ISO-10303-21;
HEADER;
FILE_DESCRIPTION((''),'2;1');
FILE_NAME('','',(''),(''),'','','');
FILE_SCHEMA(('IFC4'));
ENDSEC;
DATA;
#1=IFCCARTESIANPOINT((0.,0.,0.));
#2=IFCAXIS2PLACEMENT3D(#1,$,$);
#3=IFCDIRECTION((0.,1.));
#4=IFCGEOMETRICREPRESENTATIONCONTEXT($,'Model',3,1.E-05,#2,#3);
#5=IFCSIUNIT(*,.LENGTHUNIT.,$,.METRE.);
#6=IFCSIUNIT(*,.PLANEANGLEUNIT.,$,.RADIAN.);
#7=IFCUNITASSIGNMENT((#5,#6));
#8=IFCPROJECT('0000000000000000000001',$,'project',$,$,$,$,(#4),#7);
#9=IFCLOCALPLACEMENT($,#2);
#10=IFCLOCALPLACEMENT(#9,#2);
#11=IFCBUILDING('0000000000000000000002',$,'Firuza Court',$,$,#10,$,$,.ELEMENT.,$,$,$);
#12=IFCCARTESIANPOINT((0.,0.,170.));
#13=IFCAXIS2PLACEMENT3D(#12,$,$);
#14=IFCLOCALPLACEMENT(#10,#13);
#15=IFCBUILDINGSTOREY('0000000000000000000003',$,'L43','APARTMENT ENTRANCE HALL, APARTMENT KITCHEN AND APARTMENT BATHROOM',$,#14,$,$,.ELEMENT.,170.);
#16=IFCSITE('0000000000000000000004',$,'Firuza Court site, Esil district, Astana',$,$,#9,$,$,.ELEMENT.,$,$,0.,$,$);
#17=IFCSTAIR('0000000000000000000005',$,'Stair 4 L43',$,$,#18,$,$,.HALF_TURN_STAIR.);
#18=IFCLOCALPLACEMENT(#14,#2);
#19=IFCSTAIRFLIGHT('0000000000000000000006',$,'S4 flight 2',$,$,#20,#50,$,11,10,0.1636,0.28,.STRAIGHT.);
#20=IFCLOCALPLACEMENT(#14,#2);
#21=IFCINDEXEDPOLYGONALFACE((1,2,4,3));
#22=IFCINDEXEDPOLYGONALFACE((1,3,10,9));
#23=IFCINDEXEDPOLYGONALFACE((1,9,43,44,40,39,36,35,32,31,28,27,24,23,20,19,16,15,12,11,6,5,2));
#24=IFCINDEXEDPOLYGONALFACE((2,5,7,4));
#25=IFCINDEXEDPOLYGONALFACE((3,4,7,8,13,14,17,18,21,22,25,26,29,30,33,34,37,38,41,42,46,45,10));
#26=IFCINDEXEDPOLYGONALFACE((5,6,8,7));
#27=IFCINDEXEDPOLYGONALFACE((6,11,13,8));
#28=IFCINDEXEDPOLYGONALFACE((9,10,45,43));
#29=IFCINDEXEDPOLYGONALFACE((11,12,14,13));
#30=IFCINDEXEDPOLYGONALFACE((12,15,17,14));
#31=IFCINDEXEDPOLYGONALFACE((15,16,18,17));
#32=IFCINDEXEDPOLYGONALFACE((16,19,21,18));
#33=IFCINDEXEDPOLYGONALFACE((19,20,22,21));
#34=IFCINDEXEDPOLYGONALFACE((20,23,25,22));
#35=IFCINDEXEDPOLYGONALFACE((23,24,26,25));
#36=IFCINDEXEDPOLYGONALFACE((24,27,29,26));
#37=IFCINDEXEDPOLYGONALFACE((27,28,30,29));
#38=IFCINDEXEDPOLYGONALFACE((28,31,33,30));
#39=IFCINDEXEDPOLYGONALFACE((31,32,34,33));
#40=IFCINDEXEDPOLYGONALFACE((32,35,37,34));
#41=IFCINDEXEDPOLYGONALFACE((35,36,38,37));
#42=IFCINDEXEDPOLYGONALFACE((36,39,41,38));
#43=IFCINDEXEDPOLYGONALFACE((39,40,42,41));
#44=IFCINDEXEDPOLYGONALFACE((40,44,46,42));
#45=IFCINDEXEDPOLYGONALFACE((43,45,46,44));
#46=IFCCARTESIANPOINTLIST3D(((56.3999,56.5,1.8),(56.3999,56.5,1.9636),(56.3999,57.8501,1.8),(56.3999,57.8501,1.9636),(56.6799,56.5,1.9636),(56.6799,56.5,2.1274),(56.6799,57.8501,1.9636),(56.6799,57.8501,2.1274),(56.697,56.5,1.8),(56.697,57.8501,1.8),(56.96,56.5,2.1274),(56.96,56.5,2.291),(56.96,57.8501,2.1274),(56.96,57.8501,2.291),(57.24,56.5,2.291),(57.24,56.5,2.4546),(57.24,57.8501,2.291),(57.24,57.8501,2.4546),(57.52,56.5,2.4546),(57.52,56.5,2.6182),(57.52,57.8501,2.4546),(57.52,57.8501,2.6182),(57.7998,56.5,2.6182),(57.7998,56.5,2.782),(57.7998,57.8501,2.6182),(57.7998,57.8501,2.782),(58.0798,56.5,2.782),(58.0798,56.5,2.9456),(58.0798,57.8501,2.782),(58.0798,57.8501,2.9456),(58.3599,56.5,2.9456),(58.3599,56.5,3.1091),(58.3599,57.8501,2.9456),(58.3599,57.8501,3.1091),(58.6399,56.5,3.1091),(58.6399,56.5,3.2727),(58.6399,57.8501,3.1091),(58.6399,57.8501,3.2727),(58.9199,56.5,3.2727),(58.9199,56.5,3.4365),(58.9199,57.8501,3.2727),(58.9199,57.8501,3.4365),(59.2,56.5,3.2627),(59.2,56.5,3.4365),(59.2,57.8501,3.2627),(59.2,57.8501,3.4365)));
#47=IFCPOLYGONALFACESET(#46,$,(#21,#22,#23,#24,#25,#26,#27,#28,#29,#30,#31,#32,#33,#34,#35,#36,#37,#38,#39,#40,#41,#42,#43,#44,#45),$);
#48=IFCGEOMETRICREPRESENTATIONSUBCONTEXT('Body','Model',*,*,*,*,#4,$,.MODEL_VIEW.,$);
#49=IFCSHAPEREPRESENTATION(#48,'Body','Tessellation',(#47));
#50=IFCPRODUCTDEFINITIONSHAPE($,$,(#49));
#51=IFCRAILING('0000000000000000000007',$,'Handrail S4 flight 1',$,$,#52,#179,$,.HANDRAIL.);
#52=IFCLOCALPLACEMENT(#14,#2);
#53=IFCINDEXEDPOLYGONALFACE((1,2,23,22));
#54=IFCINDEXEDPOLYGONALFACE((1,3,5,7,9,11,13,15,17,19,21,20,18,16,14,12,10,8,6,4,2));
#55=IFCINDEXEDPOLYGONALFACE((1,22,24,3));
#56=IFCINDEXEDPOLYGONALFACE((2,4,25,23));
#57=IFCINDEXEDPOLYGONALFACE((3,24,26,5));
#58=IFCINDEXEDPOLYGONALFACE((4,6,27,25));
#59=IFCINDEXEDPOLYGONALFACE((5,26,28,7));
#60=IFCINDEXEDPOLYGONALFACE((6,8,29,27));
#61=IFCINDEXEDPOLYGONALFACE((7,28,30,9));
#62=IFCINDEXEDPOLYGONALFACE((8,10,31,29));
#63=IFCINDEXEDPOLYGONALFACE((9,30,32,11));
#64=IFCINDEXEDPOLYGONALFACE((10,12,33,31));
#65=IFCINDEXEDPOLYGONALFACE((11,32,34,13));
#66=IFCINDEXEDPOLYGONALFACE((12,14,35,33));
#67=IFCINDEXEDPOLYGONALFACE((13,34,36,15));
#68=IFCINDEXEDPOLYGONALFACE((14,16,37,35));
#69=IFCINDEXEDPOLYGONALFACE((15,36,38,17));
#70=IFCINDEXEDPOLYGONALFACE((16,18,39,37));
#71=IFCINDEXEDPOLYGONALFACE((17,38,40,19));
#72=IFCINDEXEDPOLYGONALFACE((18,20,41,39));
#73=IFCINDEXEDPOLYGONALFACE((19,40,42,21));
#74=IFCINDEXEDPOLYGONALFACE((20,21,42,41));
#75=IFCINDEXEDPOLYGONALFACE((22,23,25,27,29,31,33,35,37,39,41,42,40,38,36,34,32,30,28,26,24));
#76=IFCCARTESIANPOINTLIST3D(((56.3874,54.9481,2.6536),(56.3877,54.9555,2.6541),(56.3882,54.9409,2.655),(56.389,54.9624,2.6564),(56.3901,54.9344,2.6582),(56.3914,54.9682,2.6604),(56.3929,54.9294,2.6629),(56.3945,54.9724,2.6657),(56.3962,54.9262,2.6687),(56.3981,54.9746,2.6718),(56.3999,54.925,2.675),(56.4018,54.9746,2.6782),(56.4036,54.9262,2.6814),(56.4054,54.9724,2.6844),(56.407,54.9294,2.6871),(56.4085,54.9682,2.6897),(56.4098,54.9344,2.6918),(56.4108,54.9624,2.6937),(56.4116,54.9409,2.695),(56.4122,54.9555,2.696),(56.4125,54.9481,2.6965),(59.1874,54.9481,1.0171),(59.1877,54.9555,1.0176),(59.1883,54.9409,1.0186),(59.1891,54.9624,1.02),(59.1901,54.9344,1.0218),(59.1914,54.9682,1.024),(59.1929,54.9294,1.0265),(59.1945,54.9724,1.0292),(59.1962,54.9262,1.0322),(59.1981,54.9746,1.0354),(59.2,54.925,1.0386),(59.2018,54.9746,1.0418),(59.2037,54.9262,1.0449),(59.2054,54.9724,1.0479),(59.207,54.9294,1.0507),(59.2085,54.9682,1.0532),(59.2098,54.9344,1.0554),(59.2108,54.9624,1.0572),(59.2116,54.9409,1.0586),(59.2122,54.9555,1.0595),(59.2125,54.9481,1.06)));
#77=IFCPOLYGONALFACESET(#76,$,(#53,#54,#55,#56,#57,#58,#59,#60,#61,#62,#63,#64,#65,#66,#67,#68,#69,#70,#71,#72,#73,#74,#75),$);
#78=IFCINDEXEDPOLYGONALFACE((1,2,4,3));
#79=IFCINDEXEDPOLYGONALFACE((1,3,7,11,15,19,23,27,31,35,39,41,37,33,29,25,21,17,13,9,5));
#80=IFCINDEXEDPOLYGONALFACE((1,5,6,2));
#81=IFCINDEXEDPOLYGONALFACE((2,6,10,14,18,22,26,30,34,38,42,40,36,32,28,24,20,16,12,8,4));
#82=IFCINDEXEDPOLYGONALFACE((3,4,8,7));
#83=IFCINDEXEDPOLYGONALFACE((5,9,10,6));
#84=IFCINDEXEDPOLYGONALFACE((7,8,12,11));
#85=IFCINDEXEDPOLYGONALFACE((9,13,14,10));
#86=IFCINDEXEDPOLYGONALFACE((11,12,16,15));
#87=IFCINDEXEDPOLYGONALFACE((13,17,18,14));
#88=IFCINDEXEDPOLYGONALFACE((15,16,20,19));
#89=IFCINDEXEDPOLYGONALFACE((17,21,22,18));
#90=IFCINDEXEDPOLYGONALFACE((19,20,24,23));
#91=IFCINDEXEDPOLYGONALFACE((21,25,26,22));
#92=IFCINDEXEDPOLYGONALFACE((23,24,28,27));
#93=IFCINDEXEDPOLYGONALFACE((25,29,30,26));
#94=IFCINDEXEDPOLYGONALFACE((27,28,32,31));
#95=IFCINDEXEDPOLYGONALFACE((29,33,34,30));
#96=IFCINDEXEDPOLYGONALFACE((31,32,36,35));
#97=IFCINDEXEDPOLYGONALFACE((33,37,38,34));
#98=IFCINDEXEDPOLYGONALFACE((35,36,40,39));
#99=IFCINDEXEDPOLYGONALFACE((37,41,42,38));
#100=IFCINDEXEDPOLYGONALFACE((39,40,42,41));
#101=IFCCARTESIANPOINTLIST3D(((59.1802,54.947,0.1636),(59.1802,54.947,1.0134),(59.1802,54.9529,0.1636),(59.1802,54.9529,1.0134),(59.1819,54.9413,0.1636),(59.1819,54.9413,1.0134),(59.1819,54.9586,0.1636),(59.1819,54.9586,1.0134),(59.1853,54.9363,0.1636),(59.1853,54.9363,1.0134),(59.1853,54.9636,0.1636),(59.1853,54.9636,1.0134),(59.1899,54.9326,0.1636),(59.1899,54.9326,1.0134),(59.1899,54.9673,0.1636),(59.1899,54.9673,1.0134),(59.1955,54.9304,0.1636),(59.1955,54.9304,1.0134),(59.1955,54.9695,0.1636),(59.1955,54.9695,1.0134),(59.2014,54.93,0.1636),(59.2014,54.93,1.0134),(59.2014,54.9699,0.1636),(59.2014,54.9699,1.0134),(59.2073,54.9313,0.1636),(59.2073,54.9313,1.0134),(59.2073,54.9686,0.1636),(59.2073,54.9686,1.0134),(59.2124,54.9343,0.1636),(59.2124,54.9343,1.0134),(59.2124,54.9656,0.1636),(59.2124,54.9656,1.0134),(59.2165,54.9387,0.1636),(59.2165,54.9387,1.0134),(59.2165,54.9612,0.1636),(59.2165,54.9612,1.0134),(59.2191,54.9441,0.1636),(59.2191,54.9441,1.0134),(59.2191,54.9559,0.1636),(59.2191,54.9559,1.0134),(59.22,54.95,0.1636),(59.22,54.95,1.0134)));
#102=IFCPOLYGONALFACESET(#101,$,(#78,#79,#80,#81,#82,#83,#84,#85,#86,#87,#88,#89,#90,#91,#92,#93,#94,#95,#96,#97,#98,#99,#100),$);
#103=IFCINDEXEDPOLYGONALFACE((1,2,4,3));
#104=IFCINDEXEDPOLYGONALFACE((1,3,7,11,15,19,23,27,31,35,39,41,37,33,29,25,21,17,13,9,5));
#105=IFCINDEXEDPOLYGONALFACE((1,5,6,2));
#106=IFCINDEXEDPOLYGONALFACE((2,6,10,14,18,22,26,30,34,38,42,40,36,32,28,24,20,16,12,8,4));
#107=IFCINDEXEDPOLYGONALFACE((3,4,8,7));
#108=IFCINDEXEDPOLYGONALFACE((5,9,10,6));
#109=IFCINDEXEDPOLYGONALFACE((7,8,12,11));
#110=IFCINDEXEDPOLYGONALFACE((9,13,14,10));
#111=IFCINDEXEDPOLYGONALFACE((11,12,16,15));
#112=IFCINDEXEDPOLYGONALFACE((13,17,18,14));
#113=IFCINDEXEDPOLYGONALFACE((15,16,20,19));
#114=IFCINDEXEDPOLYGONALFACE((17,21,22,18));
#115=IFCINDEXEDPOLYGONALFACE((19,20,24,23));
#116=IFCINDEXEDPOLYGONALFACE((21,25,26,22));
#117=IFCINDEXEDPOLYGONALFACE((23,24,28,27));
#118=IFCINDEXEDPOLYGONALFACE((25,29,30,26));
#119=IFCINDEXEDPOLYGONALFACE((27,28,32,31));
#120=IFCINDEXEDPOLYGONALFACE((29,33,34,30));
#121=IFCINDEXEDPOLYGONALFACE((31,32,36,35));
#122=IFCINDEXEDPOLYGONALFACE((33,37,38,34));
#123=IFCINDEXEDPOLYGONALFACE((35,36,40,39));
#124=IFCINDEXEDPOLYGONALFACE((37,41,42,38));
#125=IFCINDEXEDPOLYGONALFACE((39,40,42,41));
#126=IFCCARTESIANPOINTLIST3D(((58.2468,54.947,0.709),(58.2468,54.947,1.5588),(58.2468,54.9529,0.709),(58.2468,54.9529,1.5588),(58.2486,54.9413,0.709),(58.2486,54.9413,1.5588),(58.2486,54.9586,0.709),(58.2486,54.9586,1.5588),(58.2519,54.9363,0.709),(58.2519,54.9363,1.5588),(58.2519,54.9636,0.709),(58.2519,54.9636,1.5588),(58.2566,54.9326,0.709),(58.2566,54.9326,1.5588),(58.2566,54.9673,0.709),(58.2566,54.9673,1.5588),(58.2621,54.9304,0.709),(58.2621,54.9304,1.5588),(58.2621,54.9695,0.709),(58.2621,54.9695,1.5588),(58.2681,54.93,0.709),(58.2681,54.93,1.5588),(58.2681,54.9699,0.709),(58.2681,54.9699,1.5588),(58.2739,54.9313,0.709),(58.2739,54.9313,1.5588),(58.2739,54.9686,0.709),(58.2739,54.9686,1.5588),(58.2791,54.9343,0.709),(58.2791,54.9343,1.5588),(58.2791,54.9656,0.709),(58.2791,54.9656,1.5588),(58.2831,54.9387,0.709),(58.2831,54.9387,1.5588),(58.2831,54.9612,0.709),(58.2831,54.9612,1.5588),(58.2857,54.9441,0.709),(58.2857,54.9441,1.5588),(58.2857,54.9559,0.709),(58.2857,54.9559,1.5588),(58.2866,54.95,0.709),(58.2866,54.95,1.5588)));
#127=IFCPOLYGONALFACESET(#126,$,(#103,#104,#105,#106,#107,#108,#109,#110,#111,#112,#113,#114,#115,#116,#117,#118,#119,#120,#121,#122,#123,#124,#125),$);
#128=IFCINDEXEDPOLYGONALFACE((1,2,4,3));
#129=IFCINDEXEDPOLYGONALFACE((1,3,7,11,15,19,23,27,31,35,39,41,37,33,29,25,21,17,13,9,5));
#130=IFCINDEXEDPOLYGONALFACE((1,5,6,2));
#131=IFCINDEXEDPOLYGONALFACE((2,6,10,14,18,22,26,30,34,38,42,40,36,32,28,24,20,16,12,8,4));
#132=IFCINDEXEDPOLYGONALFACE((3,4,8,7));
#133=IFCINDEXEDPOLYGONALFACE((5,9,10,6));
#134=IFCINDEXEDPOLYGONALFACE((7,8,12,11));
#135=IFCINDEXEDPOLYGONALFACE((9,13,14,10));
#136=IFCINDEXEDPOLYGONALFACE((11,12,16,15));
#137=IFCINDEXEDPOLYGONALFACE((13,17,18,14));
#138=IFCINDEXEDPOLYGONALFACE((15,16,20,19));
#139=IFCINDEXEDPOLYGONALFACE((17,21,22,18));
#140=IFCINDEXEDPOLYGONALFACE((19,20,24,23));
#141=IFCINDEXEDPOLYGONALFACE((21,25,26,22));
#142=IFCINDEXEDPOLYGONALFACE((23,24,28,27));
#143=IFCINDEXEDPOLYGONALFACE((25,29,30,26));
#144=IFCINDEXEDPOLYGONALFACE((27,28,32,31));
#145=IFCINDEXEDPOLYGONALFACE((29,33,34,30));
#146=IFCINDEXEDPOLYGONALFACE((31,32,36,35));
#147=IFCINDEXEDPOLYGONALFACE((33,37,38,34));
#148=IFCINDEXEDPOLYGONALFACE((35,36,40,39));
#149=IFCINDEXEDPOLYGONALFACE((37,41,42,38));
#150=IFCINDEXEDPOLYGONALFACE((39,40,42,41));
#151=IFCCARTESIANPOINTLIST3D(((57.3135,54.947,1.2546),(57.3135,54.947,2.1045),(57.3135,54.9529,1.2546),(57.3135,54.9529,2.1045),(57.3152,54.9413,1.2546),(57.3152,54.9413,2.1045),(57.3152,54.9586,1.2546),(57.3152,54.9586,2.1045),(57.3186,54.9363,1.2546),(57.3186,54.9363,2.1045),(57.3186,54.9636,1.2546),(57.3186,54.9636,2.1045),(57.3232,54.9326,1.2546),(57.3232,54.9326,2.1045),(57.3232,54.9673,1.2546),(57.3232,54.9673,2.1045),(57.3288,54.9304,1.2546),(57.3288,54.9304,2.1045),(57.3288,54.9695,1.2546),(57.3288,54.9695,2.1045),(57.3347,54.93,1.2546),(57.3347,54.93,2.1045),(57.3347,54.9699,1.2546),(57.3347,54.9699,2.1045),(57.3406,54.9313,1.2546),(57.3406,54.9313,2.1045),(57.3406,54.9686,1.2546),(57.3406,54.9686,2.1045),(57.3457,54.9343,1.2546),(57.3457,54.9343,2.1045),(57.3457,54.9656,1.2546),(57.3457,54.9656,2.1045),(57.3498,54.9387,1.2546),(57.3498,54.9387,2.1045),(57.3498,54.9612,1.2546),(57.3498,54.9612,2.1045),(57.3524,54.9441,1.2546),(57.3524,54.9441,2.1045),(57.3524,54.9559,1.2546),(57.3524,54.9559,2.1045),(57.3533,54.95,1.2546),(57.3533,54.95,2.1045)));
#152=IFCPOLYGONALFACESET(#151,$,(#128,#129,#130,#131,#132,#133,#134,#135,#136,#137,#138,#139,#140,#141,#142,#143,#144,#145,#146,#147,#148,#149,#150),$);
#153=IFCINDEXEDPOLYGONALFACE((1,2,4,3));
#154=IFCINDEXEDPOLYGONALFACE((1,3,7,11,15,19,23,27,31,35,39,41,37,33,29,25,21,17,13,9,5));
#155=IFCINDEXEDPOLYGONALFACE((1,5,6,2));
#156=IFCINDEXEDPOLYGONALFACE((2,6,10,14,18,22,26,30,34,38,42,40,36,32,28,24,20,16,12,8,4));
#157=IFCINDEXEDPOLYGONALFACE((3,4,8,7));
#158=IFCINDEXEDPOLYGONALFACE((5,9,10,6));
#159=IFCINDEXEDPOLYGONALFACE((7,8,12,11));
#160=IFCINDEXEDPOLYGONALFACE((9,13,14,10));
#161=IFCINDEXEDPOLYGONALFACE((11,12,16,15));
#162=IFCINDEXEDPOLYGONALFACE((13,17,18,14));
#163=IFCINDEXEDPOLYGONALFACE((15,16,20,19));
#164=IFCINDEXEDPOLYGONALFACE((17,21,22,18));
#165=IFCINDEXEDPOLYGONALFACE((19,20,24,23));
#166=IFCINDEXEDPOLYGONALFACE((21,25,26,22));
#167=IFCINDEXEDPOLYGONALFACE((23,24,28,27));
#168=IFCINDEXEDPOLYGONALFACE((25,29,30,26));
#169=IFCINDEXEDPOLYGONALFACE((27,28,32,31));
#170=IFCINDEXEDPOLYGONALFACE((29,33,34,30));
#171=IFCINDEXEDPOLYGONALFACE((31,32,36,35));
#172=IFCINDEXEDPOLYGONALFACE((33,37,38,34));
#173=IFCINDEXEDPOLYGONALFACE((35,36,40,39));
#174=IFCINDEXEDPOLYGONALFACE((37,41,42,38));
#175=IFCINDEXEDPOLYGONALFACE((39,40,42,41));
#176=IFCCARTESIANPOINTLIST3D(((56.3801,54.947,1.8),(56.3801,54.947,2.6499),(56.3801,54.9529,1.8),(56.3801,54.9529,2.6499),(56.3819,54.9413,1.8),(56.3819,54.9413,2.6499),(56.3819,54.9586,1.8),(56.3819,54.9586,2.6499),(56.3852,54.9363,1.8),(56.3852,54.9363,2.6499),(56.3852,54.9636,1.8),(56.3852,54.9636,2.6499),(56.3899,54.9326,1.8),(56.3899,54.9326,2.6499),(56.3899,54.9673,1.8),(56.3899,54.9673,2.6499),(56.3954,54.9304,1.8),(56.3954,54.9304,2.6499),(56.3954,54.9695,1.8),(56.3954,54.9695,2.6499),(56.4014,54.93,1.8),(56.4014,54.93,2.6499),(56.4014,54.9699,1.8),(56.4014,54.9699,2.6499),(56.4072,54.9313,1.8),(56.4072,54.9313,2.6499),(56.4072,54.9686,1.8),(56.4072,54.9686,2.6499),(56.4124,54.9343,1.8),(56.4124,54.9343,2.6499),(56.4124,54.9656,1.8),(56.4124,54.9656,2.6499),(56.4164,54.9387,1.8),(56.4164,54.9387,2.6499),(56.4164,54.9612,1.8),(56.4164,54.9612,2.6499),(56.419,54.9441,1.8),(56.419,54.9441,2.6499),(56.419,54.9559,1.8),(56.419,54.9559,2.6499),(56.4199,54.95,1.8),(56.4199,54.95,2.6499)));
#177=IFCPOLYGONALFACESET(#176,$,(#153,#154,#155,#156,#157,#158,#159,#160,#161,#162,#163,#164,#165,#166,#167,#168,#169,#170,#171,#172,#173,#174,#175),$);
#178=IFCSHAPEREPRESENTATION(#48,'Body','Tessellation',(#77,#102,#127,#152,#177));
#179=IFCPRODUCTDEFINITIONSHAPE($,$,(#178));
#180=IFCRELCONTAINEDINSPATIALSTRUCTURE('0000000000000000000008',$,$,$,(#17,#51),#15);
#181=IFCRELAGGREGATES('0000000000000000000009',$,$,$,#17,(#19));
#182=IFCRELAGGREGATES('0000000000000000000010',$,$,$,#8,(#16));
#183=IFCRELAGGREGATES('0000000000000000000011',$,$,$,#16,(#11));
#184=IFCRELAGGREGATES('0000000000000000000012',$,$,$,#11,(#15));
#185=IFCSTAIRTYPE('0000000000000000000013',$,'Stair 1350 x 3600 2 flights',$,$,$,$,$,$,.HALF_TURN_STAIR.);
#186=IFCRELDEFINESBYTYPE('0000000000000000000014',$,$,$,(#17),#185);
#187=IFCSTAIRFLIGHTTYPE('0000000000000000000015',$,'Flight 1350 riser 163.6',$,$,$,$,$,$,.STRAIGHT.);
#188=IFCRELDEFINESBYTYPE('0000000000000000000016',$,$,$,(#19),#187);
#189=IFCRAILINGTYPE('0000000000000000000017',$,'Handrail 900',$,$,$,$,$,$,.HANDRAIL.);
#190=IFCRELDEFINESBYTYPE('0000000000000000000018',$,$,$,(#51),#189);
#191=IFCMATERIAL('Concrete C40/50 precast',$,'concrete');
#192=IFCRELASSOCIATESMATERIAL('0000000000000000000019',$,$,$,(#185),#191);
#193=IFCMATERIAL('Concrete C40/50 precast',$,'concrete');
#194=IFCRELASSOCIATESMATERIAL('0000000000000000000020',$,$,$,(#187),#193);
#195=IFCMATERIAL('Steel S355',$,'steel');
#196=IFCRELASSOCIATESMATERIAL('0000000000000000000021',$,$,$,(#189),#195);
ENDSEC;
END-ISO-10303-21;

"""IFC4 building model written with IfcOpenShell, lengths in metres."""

from ifc_helpers import new_model, si_unit, direction, frame, origin, origin_2d, place, context, subcontext, project, spatial, polyline, circle, outline, extrude, material, type_object, element, aggregate, save


model = new_model("IFC4")

# Units and contexts
model_context = context("Model", 3, precision=1e-05, world=origin(), true_north=direction((0.0, 1.0)))
body_context = subcontext(model_context, "Body", "Model", "MODEL_VIEW")
ifc_project = project(units=[si_unit("LENGTHUNIT", "METRE"), si_unit("PLANEANGLEUNIT", "RADIAN")], contexts=[model_context])

# Site, building, storey
site_placement = place(None, origin())
site = spatial("IfcSite", under=ifc_project, at=site_placement, Name="Firuza Court site, Esil district, Astana", CompositionType="ELEMENT", RefElevation=0.0)
building_placement = place(site_placement, origin())
building = spatial("IfcBuilding", under=site, at=building_placement, Name="Firuza Court", CompositionType="ELEMENT")
storey_placement = place(building_placement, frame((0.0, 0.0, 170.0)))
storey = spatial("IfcBuildingStorey", under=building, at=storey_placement, Name="L43", Description="APARTMENT ENTRANCE HALL, APARTMENT KITCHEN AND APARTMENT BATHROOM", CompositionType="ELEMENT", Elevation=170.0)

# Stair, stair flight
ifc_material_1 = material(Name="Concrete C40/50 precast", Category="concrete")
stair_type = type_object("IfcStairType", Name="Stair 1350 x 3600 2 flights", PredefinedType="HALF_TURN_STAIR", material=ifc_material_1)
stair_placement = place(storey_placement, origin())
stair = element("IfcStair", 1, at=stair_placement, inside=storey, type_object=stair_type, Name="Stair 4 L43", PredefinedType="HALF_TURN_STAIR")
ifc_material_2 = material(Name="Concrete C40/50 precast", Category="concrete")
stair_flight_type = type_object("IfcStairFlightType", Name="Flight 1350 riser 163.6", PredefinedType="STRAIGHT", material=ifc_material_2)
stair_flight_1_placement = place(storey_placement, frame((56.3999, 57.175, 1.8), z_axis=(0.0, 0.0, 1.0), x_axis=(1.0, 0.0, 0.0)))
stair_flight_1 = element("IfcStairFlight", 2, at=stair_flight_1_placement, type_object=stair_flight_type, Name="S4 flight 2", NumberOfRisers=11, NumberOfTreads=10, PredefinedType="STRAIGHT", RiserHeight=0.1636, TreadLength=0.28, context=body_context, shape_type="SweptSolid", body=[
    extrude(outline(polyline([(0.0, 0.0), (0.0, 0.1636), (0.28, 0.1636), (0.28, 0.3274), (0.5601, 0.3274), (0.5601, 0.491), (0.8401, 0.491), (0.8401, 0.6545), (1.1201, 0.6545), (1.1201, 0.8181), (1.3999, 0.8181), (1.3999, 0.9819), (1.6799, 0.9819), (1.6799, 1.1455), (1.96, 1.1455), (1.96, 1.3091), (2.24, 1.3091), (2.24, 1.4727), (2.52, 1.4727), (2.52, 1.6365), (2.8, 1.6365), (2.8, 1.8), (2.8, 1.4626), (0.2971, 0.0), (0.0, 0.0)])), frame((0.0, 0.675, 0.0), z_axis=(0.0, -1.0, 0.0), x_axis=(1.0, 0.0, 0.0)), (0.0, 0.0, 1.0), 1.3501),
])
aggregate(stair, [stair_flight_1])

# Railing
ifc_material_3 = material(Name="Steel S355", Category="steel")
railing_type_1 = type_object("IfcRailingType", Name="Handrail 900", PredefinedType="HANDRAIL", material=ifc_material_3)
railing_1_placement = place(storey_placement, frame((59.2, 54.95, 0.1636)))
element("IfcRailing", 3, at=railing_1_placement, inside=storey, type_object=railing_type_1, Name="Handrail S4 flight 1", PredefinedType="HANDRAIL", context=body_context, shape_type="SweptSolid", body=[
    extrude(circle(Radius=0.0249, at=origin_2d()), frame((0.0, 0.0, 0.875), z_axis=(-0.863361, 0.0, 0.504587), x_axis=(0.0, -1.0, 0.0)), (0.0, 0.0, 1.0), 3.2432),
    extrude(circle(Radius=0.02, at=origin_2d()), origin(), (0.0, 0.0, 1.0), 0.8499),
    extrude(circle(Radius=0.02, at=origin_2d()), frame((-0.9333, 0.0, 0.5454)), (0.0, 0.0, 1.0), 0.8499),
    extrude(circle(Radius=0.02, at=origin_2d()), frame((-1.8667, 0.0, 1.0911)), (0.0, 0.0, 1.0), 0.8499),
    extrude(circle(Radius=0.02, at=origin_2d()), frame((-2.8, 0.0, 1.6365)), (0.0, 0.0, 1.0), 0.8499),
])

save(model, "model.ifc")
